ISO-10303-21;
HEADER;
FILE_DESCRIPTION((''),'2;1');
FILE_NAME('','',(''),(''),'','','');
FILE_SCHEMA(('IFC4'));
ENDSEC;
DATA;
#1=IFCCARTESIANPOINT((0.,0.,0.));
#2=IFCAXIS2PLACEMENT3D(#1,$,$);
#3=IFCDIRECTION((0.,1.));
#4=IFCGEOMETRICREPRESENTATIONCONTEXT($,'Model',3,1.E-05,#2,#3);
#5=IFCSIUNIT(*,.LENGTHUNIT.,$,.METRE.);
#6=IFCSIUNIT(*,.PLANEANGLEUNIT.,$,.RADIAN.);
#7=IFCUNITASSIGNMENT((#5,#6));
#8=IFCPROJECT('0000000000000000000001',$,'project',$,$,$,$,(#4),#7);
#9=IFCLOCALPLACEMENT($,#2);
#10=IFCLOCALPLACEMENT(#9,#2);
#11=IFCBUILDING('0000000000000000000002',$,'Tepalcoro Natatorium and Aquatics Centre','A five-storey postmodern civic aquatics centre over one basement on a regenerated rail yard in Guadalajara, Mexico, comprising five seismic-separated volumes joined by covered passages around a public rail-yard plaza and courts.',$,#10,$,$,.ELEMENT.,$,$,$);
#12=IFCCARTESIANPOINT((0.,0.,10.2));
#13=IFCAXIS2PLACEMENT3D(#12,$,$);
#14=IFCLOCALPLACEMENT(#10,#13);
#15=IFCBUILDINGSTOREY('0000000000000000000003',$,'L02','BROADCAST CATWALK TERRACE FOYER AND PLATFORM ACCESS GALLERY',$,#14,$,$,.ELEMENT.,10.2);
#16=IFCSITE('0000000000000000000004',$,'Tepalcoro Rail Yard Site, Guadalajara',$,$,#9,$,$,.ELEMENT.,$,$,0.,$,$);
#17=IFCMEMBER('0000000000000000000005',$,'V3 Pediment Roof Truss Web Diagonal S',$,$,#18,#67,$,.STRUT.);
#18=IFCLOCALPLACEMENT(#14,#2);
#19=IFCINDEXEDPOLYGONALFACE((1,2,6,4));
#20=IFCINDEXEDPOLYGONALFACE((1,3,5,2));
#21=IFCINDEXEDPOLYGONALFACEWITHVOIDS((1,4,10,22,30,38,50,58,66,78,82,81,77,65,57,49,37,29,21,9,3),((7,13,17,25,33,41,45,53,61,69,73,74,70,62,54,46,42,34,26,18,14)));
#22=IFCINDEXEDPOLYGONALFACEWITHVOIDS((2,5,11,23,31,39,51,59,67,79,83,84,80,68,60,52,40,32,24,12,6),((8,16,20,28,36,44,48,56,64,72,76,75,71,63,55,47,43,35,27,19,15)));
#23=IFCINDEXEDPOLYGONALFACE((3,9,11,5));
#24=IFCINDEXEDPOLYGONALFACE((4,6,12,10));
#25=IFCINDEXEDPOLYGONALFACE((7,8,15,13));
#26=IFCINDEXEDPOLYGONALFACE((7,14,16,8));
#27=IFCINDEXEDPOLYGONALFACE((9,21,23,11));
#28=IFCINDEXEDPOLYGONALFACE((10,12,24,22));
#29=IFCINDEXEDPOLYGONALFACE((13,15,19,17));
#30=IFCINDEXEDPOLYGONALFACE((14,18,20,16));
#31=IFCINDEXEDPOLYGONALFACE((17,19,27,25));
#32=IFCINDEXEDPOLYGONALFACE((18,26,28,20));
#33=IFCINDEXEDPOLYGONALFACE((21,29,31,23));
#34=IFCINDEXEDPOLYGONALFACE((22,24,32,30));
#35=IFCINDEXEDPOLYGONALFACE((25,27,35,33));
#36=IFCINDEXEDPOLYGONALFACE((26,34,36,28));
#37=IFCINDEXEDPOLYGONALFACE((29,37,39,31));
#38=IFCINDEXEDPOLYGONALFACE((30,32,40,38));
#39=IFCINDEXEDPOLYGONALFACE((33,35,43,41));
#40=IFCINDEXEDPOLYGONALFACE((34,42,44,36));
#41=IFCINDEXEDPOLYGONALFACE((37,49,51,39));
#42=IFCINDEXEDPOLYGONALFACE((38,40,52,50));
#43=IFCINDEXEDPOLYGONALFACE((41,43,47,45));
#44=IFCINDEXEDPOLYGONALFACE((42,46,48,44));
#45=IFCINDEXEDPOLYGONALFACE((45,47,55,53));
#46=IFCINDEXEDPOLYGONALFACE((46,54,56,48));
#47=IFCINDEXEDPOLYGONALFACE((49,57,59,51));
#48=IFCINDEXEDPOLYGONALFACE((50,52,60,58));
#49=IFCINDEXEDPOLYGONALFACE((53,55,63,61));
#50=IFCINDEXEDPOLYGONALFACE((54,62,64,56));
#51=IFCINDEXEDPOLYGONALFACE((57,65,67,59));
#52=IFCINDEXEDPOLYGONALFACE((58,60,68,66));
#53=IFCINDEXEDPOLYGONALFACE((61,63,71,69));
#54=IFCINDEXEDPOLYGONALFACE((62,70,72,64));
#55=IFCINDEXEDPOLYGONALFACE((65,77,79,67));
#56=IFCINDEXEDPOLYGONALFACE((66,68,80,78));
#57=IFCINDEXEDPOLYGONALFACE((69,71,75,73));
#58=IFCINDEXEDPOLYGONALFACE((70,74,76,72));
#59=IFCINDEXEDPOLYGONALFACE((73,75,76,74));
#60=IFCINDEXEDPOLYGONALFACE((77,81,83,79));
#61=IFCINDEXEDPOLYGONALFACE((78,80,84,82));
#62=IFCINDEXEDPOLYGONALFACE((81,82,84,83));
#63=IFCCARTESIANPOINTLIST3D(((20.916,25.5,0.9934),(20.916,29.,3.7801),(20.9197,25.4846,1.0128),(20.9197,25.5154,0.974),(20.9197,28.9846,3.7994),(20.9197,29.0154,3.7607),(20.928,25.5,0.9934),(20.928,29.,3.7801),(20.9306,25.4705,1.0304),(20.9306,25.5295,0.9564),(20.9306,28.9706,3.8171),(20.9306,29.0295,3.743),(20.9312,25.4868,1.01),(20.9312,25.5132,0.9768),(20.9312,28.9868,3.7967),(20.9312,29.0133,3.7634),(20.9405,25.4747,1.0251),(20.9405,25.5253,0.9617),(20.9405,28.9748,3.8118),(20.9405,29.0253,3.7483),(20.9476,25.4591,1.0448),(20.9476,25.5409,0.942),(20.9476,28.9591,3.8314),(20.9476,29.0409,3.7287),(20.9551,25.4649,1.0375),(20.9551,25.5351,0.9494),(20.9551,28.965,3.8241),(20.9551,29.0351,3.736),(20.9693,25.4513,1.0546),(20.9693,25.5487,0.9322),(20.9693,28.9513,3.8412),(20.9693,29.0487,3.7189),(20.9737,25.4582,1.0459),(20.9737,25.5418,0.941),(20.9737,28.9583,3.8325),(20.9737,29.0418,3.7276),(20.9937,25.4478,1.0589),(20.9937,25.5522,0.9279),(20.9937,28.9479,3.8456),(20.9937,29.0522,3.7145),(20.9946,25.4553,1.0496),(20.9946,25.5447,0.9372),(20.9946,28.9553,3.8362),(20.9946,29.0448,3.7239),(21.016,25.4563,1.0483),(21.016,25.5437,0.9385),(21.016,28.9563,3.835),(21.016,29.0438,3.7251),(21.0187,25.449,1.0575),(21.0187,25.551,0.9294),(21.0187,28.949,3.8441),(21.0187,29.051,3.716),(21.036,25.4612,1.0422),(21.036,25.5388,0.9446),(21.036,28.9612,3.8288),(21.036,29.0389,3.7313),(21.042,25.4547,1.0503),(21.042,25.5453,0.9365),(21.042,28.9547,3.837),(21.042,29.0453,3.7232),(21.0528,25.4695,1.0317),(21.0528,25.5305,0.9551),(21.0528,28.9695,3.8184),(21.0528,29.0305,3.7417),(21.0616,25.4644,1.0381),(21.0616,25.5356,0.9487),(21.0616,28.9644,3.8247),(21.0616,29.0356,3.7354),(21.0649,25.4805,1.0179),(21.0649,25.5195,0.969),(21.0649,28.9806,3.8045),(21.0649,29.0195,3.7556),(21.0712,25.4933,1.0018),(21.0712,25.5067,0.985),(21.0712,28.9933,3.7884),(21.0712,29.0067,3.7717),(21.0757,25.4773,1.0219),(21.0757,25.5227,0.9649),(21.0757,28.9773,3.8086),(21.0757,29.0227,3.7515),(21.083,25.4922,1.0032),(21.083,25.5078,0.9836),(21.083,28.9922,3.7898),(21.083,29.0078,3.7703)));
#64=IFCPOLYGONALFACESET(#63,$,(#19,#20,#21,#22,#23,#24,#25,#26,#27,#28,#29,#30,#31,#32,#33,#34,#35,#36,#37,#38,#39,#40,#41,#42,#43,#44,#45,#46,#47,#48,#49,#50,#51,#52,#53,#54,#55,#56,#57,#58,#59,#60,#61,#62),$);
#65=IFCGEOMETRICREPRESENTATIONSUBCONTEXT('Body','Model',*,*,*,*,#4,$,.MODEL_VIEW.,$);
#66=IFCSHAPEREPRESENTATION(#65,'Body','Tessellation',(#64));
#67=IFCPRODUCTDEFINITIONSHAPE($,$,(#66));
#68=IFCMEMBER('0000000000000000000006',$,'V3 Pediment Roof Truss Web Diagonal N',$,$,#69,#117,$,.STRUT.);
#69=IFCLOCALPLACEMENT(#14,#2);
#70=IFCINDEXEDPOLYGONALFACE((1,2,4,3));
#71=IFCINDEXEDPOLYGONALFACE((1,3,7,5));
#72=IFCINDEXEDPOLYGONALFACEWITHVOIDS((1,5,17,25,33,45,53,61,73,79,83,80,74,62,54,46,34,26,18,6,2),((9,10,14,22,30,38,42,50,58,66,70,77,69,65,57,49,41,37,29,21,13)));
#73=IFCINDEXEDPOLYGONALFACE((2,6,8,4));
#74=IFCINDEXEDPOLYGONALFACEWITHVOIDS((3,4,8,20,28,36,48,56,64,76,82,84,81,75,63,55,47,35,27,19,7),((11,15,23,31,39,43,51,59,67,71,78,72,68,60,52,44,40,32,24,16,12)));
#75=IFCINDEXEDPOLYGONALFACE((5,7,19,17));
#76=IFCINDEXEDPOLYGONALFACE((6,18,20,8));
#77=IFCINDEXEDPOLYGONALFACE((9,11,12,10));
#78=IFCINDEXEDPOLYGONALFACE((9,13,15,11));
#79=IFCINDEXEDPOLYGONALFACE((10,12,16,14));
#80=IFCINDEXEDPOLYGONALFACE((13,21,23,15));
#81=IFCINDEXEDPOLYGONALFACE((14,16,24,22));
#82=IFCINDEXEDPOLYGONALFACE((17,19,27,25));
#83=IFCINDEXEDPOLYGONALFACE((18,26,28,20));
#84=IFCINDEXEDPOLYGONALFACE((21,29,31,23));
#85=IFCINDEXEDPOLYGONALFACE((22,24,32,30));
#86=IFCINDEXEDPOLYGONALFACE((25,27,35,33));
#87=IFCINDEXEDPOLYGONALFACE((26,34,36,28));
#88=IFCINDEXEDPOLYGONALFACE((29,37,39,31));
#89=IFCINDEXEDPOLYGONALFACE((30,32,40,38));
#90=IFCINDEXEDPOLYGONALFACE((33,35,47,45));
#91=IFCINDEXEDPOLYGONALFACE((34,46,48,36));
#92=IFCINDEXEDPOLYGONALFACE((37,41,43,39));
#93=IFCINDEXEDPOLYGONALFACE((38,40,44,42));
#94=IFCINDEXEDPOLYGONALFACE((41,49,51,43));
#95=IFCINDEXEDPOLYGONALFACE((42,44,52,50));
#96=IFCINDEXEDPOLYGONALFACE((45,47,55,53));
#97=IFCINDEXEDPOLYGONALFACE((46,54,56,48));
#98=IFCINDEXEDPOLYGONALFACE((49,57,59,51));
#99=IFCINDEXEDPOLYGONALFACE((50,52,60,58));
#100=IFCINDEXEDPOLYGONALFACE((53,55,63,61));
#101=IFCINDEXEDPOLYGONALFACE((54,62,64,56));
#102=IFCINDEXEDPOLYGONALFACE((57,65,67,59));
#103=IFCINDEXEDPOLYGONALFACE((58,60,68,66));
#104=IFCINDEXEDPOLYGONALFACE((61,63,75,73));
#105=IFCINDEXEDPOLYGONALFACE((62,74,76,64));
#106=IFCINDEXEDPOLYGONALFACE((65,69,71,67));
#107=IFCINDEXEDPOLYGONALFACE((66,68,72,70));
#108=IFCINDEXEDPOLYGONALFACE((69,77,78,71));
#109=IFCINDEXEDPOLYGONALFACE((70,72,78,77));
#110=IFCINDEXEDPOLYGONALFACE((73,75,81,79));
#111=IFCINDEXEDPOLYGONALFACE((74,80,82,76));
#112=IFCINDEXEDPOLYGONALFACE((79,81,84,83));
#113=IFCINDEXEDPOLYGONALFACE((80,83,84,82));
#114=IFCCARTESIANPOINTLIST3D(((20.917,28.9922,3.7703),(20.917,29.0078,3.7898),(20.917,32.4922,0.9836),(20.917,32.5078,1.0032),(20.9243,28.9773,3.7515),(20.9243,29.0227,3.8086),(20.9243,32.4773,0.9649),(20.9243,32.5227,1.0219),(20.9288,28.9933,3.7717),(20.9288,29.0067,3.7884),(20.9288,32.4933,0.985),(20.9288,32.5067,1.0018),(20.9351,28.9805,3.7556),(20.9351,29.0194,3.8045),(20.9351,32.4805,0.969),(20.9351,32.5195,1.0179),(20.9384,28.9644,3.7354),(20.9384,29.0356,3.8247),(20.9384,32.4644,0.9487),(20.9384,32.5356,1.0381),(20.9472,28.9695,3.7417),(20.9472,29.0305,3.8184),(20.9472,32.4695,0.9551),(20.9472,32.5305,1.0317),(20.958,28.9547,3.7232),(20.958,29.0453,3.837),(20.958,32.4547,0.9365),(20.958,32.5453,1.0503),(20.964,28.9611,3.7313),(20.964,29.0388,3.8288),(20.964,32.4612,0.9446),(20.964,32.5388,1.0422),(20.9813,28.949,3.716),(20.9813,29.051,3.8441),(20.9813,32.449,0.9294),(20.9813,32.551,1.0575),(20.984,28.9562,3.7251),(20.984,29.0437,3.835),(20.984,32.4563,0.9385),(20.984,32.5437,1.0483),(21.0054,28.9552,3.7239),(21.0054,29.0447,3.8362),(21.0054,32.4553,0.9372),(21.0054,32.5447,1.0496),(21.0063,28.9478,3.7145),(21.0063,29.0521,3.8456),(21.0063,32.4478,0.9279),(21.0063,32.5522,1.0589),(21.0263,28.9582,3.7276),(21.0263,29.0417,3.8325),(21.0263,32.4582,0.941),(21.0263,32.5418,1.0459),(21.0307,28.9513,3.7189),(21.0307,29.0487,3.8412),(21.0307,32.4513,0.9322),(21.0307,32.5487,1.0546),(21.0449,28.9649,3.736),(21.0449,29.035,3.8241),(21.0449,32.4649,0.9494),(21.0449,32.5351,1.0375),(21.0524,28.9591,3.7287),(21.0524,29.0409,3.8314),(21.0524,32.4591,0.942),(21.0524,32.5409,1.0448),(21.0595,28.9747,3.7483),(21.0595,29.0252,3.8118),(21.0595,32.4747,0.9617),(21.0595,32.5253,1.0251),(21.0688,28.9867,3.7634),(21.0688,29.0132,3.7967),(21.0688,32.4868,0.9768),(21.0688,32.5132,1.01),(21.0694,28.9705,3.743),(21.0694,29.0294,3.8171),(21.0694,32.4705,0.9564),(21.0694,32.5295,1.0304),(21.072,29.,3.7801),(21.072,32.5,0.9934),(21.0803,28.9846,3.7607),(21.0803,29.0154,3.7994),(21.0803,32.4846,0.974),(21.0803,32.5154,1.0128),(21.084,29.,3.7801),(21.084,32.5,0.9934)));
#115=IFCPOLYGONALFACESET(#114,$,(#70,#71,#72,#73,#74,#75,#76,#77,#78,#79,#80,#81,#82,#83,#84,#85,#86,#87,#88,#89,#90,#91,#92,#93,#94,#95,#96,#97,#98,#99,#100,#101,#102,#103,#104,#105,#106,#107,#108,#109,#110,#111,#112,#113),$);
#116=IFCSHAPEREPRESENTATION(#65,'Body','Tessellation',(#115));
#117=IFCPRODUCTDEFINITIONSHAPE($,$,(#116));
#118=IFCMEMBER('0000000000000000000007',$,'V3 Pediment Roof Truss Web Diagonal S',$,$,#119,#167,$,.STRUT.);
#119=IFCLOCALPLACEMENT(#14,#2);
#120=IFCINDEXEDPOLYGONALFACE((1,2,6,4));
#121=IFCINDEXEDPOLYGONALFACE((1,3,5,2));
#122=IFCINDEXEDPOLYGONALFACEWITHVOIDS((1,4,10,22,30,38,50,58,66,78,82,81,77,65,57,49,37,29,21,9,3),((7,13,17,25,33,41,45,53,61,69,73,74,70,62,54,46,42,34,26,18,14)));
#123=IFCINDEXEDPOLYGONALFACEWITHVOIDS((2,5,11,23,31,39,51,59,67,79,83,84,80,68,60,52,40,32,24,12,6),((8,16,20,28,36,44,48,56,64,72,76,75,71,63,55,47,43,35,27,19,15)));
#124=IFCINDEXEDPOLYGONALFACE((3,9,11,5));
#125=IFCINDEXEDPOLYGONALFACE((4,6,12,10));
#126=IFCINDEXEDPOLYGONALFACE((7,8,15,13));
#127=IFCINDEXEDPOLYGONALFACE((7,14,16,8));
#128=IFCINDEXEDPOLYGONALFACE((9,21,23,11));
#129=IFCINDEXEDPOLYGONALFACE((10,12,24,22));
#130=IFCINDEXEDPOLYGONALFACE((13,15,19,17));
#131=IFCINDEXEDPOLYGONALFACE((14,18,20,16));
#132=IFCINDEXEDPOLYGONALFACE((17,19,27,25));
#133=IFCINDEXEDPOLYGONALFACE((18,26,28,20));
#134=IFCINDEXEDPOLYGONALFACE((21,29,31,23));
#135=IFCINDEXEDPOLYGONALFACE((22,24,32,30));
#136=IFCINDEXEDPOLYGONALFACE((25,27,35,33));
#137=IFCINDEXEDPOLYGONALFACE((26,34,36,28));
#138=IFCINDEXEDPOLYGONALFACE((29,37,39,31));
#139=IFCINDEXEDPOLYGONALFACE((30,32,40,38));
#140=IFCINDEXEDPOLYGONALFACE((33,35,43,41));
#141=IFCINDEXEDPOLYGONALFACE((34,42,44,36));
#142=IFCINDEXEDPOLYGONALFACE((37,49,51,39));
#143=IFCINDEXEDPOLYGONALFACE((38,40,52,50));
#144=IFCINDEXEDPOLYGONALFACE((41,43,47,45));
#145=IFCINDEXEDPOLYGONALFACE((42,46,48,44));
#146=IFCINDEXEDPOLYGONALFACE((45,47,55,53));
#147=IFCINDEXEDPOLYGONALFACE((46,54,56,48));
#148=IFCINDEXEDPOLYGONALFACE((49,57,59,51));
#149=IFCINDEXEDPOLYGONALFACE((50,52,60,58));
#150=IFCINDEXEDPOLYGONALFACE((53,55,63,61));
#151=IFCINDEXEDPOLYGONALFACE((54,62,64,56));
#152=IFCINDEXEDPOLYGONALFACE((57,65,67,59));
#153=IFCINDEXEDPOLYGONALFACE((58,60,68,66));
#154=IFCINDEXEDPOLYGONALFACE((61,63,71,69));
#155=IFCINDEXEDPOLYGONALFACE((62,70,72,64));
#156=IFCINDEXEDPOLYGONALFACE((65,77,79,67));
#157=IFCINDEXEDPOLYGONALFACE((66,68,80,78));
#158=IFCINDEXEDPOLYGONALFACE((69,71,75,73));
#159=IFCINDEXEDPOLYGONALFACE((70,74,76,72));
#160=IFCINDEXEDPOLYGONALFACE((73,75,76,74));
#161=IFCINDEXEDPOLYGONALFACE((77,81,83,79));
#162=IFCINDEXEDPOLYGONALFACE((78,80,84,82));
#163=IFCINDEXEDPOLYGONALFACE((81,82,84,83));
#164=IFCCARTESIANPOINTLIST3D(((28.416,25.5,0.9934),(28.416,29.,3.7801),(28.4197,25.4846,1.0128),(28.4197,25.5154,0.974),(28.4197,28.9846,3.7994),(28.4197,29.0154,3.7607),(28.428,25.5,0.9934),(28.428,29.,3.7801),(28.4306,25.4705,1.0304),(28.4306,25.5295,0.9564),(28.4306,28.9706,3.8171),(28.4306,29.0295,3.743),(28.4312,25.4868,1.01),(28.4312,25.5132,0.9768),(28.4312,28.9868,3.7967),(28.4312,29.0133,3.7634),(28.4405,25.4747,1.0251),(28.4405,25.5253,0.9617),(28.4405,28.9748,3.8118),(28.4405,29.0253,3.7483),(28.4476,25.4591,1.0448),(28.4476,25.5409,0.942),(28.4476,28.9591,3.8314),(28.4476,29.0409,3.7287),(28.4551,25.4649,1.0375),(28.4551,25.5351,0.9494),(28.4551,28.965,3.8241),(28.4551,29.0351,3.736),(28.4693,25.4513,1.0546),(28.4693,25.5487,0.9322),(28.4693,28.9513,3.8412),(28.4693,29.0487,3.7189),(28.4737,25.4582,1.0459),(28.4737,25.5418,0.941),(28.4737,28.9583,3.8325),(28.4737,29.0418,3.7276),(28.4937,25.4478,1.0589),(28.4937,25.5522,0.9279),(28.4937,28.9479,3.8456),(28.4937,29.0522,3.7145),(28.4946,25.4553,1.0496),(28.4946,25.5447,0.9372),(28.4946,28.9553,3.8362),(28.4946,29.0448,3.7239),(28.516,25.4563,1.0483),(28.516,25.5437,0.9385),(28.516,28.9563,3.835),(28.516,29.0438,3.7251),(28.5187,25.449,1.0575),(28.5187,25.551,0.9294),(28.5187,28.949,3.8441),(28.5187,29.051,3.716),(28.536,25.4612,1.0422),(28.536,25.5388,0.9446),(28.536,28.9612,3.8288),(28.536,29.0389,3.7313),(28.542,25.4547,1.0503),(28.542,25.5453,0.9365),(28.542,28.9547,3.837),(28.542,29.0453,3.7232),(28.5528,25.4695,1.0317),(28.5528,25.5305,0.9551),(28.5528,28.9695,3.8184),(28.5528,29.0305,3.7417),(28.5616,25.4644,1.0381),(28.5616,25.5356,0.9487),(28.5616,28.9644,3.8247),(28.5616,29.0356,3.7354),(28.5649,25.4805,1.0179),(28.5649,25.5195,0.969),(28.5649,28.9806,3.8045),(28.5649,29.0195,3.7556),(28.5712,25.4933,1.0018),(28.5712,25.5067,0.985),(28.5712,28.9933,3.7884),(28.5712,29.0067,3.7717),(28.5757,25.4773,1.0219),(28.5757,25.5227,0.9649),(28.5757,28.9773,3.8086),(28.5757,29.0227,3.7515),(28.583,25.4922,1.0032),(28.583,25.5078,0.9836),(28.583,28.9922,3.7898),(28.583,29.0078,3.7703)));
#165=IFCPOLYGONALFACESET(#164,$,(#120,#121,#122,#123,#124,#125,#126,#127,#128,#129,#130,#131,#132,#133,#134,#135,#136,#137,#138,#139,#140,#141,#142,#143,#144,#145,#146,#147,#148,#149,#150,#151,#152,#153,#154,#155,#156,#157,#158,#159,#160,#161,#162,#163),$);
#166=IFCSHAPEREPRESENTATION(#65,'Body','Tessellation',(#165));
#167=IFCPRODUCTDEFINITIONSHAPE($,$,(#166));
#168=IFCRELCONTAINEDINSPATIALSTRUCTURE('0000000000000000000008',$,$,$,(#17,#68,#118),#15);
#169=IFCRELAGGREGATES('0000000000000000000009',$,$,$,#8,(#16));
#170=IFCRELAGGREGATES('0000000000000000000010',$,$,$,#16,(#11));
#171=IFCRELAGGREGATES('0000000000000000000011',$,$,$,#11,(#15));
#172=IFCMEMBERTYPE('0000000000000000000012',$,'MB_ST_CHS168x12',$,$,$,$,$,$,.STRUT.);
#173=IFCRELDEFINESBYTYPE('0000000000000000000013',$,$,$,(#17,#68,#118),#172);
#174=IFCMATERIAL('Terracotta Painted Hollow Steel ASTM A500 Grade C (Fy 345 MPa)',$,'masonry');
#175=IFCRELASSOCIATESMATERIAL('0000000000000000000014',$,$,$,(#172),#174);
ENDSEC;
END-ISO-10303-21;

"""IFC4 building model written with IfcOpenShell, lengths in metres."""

from ifc_helpers import new_model, si_unit, direction, frame, origin, origin_2d, place, context, subcontext, project, spatial, hollow_circle, extrude, material, material_profile, profile_set, type_object, element, save


model = new_model("IFC4")

# Units and contexts
model_context = context("Model", 3, precision=1e-05, world=origin(), true_north=direction((0.0, 1.0)))
body_context = subcontext(model_context, "Body", "Model", "MODEL_VIEW")
ifc_project = project(units=[si_unit("LENGTHUNIT", "METRE"), si_unit("PLANEANGLEUNIT", "RADIAN")], contexts=[model_context])

# Site, building, storey
site_placement = place(None, origin())
site = spatial("IfcSite", under=ifc_project, at=site_placement, Name="Tepalcoro Rail Yard Site, Guadalajara", CompositionType="ELEMENT", RefElevation=0.0)
building_placement = place(site_placement, origin())
building = spatial("IfcBuilding", under=site, at=building_placement, Name="Tepalcoro Natatorium and Aquatics Centre", Description="A five-storey postmodern civic aquatics centre over one basement on a regenerated rail yard in Guadalajara, Mexico, comprising five seismic-separated volumes joined by covered passages around a public rail-yard plaza and courts.", CompositionType="ELEMENT")
storey_placement = place(building_placement, frame((0.0, 0.0, 10.2)))
storey = spatial("IfcBuildingStorey", under=building, at=storey_placement, Name="L02", Description="BROADCAST CATWALK TERRACE FOYER AND PLATFORM ACCESS GALLERY", CompositionType="ELEMENT", Elevation=10.2)

# Members
ifc_material_1 = material(Name="Terracotta Painted Hollow Steel ASTM A500 Grade C (Fy 345 MPa)", Category="masonry")
ifc_material_profile_1 = material_profile(ifc_material_1, hollow_circle(Radius=0.084, WallThickness=0.012, at=origin_2d()), Name="CHS168X12")
ifc_profile_set_1 = profile_set([ifc_material_profile_1], Name="Terracotta Painted Hollow Steel ASTM A500 Grade C (Fy 345 MPa)")
member_type_1 = type_object("IfcMemberType", Name="MB_ST_CHS168x12", PredefinedType="STRUT", material=ifc_profile_set_1)
for number, where, z_axis, x_axis, name in (
    (1, (21.0, 25.5, 0.9934), (0.0, 0.782325, 0.62287), (-1.0, 0.0, 0.0), "V3 Pediment Roof Truss Web Diagonal S"),
    (2, (21.0, 32.5, 0.9934), (0.0, -0.782325, 0.62287), (1.0, 0.0, 0.0), "V3 Pediment Roof Truss Web Diagonal N"),
    (3, (28.5, 25.5, 0.9934), (0.0, 0.782325, 0.62287), (-1.0, 0.0, 0.0), "V3 Pediment Roof Truss Web Diagonal S"),
):
    element("IfcMember", number, at=place(storey_placement, frame(where, z_axis=z_axis, x_axis=x_axis)), inside=storey, type_object=member_type_1, Name=name, PredefinedType="STRUT", context=body_context, shape_type="SweptSolid", body=[
        extrude(hollow_circle(Radius=0.084, WallThickness=0.012, at=origin_2d()), origin(), (0.0, 0.0, 1.0), 4.4739),
    ])

save(model, "model.ifc")
